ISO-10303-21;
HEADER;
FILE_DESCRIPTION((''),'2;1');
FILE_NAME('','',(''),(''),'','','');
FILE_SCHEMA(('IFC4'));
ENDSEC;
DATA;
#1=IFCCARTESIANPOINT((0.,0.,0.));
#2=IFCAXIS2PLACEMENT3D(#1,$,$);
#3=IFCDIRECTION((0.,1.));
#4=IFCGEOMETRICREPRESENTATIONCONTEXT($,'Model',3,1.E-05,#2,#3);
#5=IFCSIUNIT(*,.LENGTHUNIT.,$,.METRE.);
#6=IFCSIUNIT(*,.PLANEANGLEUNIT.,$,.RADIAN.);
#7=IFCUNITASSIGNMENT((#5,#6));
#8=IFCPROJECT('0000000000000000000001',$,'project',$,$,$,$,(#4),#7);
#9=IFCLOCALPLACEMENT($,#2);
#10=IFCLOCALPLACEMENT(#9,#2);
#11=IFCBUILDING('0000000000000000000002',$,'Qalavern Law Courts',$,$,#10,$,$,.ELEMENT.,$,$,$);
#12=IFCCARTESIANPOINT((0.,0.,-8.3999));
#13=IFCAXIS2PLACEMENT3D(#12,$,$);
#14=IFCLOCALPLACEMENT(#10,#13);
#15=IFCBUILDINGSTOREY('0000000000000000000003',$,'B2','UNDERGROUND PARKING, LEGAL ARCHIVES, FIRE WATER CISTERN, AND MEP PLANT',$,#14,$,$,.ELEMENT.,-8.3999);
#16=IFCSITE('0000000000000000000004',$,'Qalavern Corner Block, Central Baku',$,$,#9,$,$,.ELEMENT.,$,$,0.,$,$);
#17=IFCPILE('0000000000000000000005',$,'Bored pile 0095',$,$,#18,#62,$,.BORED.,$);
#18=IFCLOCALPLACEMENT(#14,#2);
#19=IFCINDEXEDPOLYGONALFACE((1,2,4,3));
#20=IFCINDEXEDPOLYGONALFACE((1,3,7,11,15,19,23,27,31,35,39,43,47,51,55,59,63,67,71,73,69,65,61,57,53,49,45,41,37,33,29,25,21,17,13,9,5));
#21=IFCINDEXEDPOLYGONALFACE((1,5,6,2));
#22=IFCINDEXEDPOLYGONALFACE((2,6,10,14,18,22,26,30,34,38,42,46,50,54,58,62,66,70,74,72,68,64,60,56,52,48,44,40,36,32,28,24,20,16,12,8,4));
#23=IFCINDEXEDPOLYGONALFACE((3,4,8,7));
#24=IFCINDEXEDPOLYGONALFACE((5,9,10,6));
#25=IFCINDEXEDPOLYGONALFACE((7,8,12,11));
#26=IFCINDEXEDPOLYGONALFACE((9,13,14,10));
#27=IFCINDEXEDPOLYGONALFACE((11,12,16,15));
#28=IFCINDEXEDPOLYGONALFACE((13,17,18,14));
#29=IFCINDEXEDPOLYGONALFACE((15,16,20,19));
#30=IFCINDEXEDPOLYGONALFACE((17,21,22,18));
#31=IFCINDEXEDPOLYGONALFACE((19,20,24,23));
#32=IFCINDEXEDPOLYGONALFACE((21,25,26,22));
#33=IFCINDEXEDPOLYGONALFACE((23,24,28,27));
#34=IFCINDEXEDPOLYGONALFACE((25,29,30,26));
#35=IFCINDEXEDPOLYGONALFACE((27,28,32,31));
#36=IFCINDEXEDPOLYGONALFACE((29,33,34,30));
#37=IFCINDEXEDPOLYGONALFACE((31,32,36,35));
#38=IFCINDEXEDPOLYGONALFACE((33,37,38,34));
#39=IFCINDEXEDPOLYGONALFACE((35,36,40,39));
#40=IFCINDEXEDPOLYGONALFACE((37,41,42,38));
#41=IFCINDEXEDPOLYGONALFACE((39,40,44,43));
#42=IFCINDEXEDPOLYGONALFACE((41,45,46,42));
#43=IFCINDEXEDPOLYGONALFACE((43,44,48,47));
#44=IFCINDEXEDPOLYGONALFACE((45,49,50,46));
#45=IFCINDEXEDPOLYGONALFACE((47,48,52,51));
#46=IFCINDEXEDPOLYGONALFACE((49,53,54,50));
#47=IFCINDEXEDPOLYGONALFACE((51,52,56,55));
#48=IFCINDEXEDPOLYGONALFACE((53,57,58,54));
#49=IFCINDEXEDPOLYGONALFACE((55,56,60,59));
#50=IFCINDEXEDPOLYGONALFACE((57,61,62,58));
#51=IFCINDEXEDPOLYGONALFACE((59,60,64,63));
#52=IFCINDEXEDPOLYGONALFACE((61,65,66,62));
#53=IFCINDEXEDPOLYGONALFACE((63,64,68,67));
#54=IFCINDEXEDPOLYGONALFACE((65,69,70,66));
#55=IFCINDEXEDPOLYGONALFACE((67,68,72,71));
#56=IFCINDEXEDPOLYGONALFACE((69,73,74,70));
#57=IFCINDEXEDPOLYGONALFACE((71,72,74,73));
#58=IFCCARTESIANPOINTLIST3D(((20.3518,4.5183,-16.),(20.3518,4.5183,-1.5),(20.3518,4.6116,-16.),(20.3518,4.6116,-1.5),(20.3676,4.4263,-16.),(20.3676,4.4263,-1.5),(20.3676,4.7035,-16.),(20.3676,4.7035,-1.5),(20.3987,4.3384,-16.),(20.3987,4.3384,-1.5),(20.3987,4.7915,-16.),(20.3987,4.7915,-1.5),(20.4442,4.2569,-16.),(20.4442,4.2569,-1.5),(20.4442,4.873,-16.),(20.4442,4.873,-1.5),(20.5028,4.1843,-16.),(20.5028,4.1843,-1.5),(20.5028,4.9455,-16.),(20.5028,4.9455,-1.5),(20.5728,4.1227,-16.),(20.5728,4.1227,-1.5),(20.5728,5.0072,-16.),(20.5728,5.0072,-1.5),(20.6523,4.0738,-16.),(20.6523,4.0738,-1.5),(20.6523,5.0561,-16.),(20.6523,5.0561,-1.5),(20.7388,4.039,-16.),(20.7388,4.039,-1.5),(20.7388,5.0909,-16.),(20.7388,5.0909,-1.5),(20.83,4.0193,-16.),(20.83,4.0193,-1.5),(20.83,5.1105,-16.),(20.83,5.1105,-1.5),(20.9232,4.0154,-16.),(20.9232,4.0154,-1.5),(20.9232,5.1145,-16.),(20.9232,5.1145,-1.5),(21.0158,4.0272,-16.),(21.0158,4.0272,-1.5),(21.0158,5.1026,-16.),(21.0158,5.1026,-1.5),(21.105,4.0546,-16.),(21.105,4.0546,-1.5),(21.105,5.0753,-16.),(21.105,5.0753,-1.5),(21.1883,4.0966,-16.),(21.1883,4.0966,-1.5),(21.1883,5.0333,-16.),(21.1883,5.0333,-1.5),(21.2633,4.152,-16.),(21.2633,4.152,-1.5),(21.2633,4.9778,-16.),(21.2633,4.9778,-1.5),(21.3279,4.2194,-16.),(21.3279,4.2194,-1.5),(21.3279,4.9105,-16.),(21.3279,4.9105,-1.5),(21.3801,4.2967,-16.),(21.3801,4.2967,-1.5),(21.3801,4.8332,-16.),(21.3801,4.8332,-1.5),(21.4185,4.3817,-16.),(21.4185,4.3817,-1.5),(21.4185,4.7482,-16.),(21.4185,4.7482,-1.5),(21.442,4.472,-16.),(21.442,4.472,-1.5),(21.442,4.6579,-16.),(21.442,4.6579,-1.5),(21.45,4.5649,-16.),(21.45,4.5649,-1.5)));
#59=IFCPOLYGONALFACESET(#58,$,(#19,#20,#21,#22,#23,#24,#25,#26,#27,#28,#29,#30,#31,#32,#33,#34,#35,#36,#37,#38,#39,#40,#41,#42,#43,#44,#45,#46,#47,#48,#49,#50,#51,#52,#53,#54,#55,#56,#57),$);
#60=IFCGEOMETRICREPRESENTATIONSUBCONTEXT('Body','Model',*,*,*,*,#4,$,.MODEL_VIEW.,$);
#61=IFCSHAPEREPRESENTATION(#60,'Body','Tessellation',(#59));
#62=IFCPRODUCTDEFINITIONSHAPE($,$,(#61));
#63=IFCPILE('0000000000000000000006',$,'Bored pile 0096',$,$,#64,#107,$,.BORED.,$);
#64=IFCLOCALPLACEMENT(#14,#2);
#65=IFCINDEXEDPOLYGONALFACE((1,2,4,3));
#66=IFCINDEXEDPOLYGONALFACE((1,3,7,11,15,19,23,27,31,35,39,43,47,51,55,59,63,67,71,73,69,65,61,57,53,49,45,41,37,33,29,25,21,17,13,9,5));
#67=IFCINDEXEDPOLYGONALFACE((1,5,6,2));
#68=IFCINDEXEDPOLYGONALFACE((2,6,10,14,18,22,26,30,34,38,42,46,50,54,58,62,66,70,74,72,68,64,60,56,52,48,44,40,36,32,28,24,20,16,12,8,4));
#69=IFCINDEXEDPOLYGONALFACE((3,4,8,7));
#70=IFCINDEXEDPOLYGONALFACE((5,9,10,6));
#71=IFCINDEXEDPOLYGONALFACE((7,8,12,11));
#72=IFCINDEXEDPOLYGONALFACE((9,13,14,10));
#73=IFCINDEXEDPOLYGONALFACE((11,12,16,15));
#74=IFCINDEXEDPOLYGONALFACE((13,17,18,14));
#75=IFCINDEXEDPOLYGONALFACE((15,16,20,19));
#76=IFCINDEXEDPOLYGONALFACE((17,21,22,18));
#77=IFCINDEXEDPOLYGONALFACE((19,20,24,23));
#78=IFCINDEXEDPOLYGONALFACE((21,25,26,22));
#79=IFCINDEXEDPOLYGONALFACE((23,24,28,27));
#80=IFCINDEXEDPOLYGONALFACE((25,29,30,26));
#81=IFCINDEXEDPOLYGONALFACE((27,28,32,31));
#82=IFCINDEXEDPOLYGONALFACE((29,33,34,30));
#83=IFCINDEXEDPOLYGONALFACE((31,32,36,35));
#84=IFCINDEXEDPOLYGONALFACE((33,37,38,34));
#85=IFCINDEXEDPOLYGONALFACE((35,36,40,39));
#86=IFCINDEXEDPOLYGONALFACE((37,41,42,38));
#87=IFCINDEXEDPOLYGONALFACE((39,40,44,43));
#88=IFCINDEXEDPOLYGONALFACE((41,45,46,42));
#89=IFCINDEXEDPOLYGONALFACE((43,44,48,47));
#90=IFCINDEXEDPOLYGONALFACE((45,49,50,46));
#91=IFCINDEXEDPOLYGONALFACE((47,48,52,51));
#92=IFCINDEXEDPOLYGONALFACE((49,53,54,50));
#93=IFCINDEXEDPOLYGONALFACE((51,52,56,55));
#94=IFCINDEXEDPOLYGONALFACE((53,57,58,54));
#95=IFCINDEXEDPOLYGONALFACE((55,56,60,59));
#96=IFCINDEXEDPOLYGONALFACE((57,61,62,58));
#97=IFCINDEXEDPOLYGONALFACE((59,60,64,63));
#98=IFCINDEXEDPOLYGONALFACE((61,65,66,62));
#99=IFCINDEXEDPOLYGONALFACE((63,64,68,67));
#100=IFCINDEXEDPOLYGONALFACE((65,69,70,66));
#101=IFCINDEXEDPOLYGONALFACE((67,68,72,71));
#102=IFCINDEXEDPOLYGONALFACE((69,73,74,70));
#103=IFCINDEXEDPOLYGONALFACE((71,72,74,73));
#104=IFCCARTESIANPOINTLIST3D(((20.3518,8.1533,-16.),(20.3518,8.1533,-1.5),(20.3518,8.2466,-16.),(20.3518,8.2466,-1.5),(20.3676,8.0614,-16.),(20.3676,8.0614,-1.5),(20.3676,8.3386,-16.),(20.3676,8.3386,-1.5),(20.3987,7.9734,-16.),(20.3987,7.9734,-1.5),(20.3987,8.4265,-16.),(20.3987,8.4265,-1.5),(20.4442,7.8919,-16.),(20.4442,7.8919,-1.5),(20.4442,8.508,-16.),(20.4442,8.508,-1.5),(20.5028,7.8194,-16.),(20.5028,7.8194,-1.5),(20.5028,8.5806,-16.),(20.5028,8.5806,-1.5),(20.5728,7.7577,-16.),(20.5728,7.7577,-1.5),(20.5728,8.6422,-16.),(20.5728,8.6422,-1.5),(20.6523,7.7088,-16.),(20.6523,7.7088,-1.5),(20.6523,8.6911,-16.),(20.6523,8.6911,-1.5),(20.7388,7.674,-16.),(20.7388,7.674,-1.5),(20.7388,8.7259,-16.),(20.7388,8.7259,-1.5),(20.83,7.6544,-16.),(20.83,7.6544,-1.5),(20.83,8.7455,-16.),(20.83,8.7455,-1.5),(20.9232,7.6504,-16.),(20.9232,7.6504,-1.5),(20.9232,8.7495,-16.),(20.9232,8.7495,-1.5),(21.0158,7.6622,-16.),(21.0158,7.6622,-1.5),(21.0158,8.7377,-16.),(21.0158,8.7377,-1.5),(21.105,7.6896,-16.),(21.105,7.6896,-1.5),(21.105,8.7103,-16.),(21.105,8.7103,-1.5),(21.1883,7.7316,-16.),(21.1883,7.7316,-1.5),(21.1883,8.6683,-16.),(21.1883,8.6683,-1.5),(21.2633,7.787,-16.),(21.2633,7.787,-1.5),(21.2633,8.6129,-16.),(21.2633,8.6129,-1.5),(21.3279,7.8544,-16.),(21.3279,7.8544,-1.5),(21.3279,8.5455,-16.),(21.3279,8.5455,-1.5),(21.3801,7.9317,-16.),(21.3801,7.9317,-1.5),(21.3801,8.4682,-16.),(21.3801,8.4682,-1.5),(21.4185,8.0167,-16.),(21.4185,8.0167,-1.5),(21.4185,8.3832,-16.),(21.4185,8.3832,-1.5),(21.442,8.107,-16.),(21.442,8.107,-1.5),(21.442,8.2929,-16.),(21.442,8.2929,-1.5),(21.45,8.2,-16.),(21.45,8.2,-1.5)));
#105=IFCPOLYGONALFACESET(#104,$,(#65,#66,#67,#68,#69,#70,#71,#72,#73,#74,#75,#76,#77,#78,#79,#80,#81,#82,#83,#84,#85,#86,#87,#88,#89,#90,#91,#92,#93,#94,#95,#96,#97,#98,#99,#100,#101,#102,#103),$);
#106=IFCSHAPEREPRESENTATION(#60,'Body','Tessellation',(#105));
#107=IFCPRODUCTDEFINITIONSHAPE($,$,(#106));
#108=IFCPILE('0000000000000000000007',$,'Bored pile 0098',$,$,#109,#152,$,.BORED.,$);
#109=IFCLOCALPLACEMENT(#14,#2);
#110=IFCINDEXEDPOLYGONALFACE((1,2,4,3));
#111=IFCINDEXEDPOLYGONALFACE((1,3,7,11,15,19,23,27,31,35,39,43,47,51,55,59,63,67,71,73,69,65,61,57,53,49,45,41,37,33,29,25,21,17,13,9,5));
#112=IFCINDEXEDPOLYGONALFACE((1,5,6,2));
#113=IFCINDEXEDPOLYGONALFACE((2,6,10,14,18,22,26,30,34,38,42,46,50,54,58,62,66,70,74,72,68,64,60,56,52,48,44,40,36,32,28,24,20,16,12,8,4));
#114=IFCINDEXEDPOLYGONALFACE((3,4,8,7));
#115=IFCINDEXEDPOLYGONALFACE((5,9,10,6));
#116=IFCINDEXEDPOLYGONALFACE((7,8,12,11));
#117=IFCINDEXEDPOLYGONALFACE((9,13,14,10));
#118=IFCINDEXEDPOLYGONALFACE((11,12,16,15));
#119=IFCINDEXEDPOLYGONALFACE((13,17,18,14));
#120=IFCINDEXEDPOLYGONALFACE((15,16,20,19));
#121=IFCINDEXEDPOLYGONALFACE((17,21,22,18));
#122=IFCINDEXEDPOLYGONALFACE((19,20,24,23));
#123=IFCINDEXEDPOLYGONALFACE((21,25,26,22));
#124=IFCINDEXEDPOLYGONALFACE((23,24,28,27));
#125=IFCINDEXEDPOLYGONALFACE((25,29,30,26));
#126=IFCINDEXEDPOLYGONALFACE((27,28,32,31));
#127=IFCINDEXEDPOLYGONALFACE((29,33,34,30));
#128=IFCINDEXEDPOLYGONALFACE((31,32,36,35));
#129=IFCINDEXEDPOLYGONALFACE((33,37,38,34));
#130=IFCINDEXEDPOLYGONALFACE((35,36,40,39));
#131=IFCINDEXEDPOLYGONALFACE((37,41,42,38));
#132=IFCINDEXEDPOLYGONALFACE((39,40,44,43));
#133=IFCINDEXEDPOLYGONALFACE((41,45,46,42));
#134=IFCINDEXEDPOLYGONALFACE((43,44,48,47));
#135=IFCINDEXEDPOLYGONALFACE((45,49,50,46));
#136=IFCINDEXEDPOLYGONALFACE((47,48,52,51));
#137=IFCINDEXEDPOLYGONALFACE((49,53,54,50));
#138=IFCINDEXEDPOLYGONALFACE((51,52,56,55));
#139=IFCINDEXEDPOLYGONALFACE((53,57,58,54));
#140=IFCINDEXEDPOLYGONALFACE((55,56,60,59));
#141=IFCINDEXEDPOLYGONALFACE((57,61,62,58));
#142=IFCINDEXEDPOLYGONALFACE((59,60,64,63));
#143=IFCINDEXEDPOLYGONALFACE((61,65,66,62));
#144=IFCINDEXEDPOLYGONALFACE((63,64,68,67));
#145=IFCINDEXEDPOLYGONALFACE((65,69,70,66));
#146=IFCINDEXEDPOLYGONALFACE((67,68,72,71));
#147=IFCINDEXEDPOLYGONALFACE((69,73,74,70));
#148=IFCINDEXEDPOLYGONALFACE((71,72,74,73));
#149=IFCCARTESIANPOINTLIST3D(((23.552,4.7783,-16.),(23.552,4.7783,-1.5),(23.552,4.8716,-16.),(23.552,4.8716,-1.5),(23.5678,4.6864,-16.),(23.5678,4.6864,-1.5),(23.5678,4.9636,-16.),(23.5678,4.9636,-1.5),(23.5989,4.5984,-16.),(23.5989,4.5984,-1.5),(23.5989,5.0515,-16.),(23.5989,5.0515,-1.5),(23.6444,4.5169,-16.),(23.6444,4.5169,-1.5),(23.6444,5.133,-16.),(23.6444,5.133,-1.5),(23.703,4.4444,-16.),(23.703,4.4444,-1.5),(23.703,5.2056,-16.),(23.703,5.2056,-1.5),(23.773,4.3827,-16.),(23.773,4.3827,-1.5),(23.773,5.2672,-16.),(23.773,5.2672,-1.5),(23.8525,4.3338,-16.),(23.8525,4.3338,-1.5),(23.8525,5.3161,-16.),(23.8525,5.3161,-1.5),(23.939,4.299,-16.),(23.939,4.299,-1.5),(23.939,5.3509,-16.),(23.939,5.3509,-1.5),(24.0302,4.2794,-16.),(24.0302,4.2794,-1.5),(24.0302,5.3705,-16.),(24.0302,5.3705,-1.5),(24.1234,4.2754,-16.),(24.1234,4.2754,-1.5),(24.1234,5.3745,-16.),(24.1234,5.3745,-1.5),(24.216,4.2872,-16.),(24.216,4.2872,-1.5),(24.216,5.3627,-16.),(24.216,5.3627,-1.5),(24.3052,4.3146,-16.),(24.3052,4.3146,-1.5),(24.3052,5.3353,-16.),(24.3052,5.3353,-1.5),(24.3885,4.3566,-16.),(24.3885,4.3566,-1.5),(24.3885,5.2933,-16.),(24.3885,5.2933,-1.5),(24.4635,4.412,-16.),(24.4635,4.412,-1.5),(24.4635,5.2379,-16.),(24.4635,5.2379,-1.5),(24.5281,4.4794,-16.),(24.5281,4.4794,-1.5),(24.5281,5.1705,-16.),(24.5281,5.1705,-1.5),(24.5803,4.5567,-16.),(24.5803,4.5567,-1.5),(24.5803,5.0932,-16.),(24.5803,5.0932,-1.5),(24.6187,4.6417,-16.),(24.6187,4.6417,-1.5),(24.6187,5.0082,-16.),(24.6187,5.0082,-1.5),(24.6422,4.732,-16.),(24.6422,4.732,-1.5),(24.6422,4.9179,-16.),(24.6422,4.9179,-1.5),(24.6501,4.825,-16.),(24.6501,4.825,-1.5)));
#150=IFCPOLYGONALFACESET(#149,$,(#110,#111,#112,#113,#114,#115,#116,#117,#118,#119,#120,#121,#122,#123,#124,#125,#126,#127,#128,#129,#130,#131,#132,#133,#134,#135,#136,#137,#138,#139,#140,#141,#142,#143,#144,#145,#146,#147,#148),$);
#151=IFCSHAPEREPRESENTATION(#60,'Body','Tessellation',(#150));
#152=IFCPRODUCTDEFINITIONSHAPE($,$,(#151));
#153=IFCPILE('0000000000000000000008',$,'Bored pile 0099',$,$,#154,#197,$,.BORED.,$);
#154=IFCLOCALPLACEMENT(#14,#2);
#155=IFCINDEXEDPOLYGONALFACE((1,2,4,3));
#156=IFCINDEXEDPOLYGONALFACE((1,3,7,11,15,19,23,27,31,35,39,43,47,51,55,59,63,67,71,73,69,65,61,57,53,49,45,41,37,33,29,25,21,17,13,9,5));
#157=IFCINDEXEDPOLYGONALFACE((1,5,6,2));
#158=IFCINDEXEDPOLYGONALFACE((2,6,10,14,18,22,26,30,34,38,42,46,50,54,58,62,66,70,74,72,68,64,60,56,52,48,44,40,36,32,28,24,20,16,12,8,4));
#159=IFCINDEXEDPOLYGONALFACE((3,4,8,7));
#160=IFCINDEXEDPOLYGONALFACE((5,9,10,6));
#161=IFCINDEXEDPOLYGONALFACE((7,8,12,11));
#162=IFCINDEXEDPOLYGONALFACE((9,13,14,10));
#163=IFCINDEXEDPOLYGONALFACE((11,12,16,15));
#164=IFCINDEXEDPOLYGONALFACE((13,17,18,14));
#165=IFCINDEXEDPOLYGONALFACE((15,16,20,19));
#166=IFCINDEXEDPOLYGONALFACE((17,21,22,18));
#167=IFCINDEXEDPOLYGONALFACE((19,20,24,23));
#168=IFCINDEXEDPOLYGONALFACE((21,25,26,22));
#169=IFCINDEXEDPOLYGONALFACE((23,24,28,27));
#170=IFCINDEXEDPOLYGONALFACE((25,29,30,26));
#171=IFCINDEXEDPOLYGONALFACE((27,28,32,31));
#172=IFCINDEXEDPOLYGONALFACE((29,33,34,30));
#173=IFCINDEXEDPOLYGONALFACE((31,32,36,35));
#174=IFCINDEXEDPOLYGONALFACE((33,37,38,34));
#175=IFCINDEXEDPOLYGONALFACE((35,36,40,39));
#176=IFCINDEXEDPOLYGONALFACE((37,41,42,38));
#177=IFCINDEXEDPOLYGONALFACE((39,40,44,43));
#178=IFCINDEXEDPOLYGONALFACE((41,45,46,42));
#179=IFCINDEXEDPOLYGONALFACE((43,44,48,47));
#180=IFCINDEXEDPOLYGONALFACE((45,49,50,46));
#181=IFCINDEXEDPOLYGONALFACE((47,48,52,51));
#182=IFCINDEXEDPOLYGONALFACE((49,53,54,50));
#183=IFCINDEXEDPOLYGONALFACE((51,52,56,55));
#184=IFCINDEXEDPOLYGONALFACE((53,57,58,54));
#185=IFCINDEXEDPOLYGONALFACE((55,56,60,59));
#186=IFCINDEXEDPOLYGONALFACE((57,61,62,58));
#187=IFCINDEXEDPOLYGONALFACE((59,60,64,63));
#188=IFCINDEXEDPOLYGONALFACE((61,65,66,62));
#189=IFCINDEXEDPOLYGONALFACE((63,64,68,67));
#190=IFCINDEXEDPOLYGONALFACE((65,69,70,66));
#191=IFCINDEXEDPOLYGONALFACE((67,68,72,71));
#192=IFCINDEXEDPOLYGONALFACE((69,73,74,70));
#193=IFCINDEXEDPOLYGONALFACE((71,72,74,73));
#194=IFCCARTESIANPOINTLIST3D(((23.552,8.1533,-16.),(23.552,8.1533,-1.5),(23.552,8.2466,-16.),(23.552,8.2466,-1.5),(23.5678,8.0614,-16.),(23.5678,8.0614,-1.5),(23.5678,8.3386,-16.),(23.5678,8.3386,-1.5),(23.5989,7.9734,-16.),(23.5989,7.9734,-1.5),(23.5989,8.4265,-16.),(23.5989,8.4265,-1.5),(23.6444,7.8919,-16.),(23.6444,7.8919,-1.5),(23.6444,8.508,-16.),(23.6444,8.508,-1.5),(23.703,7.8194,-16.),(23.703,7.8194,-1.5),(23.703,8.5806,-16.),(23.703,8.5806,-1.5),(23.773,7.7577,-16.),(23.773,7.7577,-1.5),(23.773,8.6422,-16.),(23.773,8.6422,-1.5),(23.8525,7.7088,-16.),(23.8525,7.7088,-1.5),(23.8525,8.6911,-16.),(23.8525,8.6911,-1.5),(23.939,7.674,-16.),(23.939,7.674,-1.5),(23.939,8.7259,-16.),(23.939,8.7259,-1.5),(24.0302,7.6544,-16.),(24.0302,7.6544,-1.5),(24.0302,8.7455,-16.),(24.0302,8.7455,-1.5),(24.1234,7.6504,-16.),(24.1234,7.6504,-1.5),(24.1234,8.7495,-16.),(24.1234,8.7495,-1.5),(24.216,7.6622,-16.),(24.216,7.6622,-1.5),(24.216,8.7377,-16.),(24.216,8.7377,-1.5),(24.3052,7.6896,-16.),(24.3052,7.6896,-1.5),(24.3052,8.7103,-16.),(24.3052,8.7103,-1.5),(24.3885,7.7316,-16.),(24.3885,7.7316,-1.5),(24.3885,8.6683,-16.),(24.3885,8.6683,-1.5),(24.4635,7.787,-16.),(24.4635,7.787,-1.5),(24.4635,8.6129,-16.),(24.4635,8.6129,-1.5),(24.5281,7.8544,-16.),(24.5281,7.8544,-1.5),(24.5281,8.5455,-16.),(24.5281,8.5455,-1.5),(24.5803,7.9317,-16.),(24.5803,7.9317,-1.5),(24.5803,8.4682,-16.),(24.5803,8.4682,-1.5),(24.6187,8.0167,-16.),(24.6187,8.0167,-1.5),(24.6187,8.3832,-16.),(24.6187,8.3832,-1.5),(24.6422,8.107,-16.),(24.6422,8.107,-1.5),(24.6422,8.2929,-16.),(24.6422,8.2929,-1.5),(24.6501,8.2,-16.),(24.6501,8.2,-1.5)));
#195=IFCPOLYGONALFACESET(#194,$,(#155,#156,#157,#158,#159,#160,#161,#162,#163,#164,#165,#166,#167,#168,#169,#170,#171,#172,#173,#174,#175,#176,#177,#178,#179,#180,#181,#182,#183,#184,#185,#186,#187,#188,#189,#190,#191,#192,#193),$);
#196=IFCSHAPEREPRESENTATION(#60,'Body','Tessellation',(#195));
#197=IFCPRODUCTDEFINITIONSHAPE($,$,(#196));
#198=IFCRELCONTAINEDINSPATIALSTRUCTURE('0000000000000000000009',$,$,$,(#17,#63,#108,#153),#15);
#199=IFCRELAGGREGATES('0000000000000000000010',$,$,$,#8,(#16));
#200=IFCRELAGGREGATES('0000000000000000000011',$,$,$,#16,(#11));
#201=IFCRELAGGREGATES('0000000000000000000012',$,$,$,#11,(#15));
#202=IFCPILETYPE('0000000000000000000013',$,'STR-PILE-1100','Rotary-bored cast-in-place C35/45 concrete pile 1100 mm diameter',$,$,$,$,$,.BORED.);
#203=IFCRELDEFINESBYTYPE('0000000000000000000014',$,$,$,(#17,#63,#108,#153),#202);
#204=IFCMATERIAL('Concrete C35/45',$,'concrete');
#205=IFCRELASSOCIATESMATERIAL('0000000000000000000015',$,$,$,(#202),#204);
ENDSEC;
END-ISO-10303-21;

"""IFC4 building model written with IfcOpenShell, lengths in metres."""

from ifc_helpers import new_model, si_unit, direction, frame, origin, origin_2d, place, context, subcontext, project, spatial, circle, extrude, material, material_profile, profile_set, type_object, element, save


model = new_model("IFC4")

# Units and contexts
model_context = context("Model", 3, precision=1e-05, world=origin(), true_north=direction((0.0, 1.0)))
body_context = subcontext(model_context, "Body", "Model", "MODEL_VIEW")
ifc_project = project(units=[si_unit("LENGTHUNIT", "METRE"), si_unit("PLANEANGLEUNIT", "RADIAN")], contexts=[model_context])

# Site, building, storey
site_placement = place(None, origin())
site = spatial("IfcSite", under=ifc_project, at=site_placement, Name="Qalavern Corner Block, Central Baku", CompositionType="ELEMENT", RefElevation=0.0)
building_placement = place(site_placement, origin())
building = spatial("IfcBuilding", under=site, at=building_placement, Name="Qalavern Law Courts", CompositionType="ELEMENT")
storey_placement = place(building_placement, frame((0.0, 0.0, -8.3999)))
storey = spatial("IfcBuildingStorey", under=building, at=storey_placement, Name="B2", Description="UNDERGROUND PARKING, LEGAL ARCHIVES, FIRE WATER CISTERN, AND MEP PLANT", CompositionType="ELEMENT", Elevation=-8.3999)

# Shared definitions
ifc_material_1 = material(Name="Concrete C35/45", Category="concrete")

# Piles
ifc_material_profile_1 = material_profile(ifc_material_1, circle(Radius=0.55, at=origin_2d()), Name="BORED PILE 1100")
ifc_profile_set_1 = profile_set([ifc_material_profile_1], Name="Concrete C35/45")
pile_type = type_object("IfcPileType", Name="STR-PILE-1100", Description="Rotary-bored cast-in-place C35/45 concrete pile 1100 mm diameter", PredefinedType="BORED", material=ifc_profile_set_1)
for number, where, z_axis, x_axis, name in (
    (1, (20.8999, 4.5649, -1.5), (0.0, 0.0, -1.0), (1.0, 0.0, 0.0), "Bored pile 0095"),
    (2, (20.8999, 8.2, -1.5), (0.0, 0.0, -1.0), (1.0, 0.0, 0.0), "Bored pile 0096"),
    (3, (24.1001, 4.825, -1.5), (0.0, 0.0, -1.0), (1.0, 0.0, 0.0), "Bored pile 0098"),
    (4, (24.1001, 8.2, -1.5), (0.0, 0.0, -1.0), (1.0, 0.0, 0.0), "Bored pile 0099"),
):
    element("IfcPile", number, at=place(storey_placement, frame(where, z_axis=z_axis, x_axis=x_axis)), inside=storey, type_object=pile_type, Name=name, PredefinedType="BORED", context=body_context, shape_type="SweptSolid", body=[
        extrude(circle(Radius=0.55, at=origin_2d()), origin(), (0.0, 0.0, 1.0), 14.5),
    ])

save(model, "model.ifc")
